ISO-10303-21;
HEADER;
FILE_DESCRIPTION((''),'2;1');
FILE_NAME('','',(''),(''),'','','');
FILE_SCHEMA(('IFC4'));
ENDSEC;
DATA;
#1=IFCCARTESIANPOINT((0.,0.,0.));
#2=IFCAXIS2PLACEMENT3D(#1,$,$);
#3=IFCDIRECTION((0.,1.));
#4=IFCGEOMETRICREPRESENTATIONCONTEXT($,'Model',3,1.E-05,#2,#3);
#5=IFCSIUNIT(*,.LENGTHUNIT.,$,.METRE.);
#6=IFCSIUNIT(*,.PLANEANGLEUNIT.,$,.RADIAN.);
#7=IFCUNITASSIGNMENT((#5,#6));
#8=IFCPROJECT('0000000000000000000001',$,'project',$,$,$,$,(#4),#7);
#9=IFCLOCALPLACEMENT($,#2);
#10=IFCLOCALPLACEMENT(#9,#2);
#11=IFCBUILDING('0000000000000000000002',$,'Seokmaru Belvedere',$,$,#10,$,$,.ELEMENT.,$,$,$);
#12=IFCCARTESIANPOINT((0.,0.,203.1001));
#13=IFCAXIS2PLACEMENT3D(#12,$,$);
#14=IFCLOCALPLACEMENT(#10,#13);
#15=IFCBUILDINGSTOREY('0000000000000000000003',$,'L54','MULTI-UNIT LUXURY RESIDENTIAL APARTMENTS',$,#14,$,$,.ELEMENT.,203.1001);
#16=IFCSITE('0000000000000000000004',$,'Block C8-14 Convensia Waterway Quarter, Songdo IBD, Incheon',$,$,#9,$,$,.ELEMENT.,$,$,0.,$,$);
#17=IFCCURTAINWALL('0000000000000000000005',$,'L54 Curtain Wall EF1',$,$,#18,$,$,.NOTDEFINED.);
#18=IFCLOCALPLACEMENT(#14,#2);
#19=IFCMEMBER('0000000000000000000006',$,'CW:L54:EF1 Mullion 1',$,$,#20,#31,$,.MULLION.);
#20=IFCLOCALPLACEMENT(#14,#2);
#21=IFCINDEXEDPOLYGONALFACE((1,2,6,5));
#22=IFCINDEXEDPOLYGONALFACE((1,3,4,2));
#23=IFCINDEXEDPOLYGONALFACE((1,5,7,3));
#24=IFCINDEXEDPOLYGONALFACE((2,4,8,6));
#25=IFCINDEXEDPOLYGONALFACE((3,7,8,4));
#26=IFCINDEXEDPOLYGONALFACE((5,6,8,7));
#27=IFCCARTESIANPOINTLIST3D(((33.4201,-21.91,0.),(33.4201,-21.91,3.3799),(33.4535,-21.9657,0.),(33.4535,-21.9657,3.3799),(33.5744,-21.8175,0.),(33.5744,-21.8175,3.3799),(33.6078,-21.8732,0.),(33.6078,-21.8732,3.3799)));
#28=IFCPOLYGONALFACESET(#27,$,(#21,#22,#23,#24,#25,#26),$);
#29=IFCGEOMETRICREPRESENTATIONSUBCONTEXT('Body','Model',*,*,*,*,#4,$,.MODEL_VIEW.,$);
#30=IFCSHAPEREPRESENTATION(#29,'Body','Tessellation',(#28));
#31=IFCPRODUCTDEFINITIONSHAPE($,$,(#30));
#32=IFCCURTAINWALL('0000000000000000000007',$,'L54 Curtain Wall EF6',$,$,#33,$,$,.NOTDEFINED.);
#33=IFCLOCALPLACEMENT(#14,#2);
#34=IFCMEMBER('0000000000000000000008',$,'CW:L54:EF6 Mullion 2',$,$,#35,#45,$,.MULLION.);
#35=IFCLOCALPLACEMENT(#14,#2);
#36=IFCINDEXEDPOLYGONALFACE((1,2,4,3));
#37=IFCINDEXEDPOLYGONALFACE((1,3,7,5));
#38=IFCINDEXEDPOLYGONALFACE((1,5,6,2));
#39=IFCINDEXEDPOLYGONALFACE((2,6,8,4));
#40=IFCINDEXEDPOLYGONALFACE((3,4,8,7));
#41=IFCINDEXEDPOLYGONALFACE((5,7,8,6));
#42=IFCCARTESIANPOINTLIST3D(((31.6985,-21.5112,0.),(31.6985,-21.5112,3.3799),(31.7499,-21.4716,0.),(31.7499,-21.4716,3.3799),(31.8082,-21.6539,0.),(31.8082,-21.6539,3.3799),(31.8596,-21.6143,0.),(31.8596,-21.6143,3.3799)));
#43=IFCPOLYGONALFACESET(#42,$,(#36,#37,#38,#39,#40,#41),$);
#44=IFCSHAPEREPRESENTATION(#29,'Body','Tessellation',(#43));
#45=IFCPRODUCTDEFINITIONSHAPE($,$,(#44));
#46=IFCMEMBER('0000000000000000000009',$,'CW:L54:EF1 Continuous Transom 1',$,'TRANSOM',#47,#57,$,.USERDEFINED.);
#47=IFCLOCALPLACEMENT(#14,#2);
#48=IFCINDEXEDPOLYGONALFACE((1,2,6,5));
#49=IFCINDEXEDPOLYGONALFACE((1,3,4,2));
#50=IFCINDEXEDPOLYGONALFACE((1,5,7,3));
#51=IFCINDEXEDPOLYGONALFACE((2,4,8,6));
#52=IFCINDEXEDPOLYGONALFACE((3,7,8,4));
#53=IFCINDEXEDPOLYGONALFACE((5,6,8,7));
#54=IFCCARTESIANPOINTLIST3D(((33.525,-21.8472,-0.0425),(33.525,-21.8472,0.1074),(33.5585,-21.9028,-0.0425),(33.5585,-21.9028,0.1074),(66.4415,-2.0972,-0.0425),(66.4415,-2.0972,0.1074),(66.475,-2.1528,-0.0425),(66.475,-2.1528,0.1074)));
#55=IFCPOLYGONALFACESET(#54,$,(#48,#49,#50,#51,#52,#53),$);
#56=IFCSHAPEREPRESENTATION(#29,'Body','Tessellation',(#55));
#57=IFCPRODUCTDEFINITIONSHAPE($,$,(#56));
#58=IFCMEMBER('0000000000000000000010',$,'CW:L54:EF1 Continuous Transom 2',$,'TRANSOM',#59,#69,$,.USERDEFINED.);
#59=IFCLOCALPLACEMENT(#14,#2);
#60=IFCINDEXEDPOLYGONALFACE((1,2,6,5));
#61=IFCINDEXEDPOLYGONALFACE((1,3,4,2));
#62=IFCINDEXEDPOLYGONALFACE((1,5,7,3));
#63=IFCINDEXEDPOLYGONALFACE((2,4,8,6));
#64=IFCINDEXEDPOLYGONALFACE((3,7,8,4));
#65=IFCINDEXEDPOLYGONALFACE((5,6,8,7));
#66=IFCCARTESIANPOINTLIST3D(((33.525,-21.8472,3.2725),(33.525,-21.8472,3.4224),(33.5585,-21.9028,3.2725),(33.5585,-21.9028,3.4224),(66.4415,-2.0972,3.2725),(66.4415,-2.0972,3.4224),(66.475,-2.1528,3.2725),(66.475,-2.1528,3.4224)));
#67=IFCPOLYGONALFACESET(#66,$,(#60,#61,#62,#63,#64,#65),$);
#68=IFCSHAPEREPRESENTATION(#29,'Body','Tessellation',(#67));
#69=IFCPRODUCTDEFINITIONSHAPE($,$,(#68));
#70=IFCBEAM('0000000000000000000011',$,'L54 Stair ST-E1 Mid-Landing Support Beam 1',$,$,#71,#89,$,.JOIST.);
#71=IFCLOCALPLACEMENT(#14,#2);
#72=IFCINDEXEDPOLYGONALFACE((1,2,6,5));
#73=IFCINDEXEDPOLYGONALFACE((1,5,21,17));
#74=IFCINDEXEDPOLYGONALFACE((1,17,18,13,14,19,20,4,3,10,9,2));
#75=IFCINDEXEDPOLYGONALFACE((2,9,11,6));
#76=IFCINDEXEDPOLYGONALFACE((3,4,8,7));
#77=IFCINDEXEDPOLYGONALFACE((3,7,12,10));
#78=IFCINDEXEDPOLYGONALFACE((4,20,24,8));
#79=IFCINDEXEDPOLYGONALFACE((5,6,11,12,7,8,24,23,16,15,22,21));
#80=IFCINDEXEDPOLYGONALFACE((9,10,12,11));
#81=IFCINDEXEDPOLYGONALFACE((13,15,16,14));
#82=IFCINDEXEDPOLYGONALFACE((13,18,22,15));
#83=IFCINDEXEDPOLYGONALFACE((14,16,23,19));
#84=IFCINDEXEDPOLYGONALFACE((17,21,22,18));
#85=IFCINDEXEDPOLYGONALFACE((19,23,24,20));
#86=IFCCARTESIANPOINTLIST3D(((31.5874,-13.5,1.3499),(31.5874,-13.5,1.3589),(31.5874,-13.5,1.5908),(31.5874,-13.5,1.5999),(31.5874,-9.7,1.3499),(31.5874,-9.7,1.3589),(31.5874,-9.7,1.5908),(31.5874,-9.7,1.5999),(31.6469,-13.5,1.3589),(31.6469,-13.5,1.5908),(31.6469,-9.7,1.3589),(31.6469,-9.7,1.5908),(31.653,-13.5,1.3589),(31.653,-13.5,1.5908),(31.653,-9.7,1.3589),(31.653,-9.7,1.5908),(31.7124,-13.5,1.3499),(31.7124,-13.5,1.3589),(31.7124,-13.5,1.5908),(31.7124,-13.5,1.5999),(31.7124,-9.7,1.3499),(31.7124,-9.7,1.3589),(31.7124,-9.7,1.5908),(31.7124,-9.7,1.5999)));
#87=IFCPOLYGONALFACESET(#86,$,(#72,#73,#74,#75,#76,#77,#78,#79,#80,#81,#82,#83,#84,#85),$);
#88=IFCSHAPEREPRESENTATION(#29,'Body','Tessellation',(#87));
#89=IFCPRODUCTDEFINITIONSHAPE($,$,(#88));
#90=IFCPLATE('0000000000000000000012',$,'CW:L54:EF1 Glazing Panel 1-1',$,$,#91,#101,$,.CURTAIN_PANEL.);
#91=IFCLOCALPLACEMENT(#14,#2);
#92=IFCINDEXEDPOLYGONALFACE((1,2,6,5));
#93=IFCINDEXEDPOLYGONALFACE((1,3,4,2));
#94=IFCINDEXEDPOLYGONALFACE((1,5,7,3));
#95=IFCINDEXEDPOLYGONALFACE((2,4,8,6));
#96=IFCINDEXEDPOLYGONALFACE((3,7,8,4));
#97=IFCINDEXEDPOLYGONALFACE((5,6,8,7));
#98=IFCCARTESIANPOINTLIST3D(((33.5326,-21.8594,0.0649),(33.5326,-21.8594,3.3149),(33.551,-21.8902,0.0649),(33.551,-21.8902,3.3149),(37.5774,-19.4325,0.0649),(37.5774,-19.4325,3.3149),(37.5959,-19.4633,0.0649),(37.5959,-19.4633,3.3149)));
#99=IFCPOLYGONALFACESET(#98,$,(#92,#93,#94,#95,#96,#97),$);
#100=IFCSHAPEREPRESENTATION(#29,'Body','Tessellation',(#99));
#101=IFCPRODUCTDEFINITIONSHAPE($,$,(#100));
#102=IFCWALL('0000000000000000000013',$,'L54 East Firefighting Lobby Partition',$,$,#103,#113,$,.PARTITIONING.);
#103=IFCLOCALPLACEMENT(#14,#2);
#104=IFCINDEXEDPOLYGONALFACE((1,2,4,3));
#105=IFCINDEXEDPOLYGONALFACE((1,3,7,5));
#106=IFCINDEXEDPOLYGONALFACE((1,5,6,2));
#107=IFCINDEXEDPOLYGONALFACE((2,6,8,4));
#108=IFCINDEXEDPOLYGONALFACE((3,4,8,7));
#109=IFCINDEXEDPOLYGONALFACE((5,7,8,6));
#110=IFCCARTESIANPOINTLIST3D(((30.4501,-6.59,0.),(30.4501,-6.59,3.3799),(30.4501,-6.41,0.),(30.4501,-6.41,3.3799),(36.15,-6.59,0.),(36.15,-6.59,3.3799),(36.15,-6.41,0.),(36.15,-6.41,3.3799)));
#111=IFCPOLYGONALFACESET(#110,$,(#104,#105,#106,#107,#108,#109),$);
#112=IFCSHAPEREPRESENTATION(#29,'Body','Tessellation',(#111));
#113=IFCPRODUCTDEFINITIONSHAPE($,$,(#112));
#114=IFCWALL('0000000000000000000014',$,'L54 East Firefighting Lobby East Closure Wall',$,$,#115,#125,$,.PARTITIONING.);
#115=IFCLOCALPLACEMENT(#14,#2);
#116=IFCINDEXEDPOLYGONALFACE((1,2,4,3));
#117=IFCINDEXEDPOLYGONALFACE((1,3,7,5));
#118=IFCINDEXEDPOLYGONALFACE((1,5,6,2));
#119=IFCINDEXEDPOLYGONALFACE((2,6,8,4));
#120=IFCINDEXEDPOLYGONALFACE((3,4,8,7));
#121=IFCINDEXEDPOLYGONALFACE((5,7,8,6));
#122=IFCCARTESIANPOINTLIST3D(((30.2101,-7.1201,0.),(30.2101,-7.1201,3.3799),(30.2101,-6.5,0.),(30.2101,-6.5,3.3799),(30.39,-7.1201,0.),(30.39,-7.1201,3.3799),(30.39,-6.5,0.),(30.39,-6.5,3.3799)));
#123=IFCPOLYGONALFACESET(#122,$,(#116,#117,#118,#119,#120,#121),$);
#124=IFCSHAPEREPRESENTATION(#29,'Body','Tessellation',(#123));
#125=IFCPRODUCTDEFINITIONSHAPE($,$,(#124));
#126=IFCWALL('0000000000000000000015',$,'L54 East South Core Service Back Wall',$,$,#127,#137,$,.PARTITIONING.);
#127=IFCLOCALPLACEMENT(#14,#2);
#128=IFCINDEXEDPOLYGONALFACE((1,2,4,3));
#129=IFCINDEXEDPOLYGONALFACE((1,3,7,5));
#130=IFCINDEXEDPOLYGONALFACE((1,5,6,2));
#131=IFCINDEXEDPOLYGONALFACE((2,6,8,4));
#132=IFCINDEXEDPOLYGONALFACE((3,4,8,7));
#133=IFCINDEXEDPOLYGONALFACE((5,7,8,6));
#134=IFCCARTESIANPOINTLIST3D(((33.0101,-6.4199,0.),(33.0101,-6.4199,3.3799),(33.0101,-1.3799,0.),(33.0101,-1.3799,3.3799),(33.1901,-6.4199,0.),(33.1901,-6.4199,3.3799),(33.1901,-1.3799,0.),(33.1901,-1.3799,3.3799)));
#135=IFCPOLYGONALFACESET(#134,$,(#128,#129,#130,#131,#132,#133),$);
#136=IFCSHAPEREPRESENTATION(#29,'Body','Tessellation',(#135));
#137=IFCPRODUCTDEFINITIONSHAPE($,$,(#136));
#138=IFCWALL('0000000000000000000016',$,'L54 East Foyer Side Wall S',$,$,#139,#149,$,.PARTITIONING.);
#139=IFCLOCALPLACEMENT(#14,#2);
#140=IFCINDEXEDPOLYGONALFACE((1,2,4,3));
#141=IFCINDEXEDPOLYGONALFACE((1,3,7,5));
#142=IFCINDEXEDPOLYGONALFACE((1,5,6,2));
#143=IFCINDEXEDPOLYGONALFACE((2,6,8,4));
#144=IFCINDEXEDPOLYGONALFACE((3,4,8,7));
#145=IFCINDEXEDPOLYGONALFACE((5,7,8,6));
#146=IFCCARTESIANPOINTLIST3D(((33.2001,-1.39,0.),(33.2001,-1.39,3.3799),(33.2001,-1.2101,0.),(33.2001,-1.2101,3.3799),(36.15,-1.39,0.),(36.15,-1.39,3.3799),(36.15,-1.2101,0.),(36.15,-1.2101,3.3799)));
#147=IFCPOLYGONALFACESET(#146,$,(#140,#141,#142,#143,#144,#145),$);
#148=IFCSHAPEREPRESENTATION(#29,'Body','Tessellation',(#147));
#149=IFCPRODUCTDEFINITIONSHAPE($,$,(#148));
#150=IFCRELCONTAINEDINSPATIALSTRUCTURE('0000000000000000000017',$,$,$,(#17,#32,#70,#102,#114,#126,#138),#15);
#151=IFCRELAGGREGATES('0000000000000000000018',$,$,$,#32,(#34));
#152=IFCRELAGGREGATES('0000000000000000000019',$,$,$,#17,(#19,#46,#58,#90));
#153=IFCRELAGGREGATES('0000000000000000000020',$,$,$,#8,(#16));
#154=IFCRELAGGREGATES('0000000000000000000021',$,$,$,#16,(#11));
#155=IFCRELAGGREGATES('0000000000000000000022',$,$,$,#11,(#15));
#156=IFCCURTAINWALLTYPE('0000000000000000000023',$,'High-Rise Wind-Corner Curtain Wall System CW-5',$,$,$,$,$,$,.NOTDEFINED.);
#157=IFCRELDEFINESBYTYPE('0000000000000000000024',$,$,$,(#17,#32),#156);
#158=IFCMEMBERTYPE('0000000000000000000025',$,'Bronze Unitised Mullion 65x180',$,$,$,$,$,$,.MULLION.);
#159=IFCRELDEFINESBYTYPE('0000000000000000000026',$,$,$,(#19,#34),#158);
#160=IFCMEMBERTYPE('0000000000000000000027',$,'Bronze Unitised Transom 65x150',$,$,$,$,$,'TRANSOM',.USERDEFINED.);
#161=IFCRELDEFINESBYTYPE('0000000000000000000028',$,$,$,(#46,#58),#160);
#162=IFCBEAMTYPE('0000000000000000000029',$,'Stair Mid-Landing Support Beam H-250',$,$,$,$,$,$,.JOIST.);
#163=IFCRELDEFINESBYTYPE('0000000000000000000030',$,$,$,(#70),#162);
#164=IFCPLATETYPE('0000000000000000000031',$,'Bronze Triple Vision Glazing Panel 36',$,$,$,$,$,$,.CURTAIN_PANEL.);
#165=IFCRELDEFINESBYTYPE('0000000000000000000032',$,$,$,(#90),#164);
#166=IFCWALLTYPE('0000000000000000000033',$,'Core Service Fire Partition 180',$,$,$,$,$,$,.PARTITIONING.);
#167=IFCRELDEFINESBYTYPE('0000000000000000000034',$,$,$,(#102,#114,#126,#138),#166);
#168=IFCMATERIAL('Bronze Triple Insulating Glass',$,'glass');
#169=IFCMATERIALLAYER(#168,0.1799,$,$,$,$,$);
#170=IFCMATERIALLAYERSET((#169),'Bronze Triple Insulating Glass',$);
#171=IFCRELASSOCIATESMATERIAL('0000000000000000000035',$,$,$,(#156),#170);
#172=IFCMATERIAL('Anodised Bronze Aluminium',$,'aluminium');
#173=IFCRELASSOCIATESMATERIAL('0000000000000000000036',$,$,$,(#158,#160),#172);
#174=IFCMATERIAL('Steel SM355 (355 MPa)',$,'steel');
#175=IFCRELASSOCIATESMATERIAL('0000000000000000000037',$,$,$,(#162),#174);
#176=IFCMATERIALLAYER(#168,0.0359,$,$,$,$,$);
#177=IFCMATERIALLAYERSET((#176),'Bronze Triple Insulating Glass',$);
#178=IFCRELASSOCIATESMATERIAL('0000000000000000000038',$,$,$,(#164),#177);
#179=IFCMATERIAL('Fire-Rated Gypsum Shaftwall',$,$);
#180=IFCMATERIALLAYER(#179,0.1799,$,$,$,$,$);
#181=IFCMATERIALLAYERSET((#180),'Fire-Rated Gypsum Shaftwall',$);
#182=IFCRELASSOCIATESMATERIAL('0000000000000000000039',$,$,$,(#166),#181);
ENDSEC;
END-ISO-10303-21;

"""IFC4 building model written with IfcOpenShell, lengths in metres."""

from ifc_helpers import new_model, si_unit, direction, frame, frame_2d, origin, origin_2d, place, context, subcontext, project, spatial, rectangle, i_section, extrude, source, transform, mapped, material, layer, layer_set, material_profile, profile_set, type_object, type_shapes, element, aggregate, save


model = new_model("IFC4")

# Units and contexts
model_context = context("Model", 3, precision=1e-05, world=origin(), true_north=direction((0.0, 1.0)))
body_context = subcontext(model_context, "Body", "Model", "MODEL_VIEW")
ifc_project = project(units=[si_unit("LENGTHUNIT", "METRE"), si_unit("PLANEANGLEUNIT", "RADIAN")], contexts=[model_context])

# Site, building, storey
site_placement = place(None, origin())
site = spatial("IfcSite", under=ifc_project, at=site_placement, Name="Block C8-14 Convensia Waterway Quarter, Songdo IBD, Incheon", CompositionType="ELEMENT", RefElevation=0.0)
building_placement = place(site_placement, origin())
building = spatial("IfcBuilding", under=site, at=building_placement, Name="Seokmaru Belvedere", CompositionType="ELEMENT")
storey_placement = place(building_placement, frame((0.0, 0.0, 203.1001)))
storey = spatial("IfcBuildingStorey", under=building, at=storey_placement, Name="L54", Description="MULTI-UNIT LUXURY RESIDENTIAL APARTMENTS", CompositionType="ELEMENT", Elevation=203.1001)

# Shared definitions
ifc_material_1 = material(Name="Steel SM355 (355 MPa)", Category="steel")

# Curtain walls, members
ifc_material_2 = material(Name="Bronze Triple Insulating Glass", Category="glass")
ifc_layer_1 = layer(ifc_material_2, 0.1799)
ifc_layer_set_1 = layer_set([ifc_layer_1], Name="Bronze Triple Insulating Glass")
curtain_wall_type = type_object("IfcCurtainWallType", Name="High-Rise Wind-Corner Curtain Wall System CW-5", PredefinedType="NOTDEFINED", material=ifc_layer_set_1)
curtain_wall_1_placement = place(storey_placement, origin())
curtain_wall_1 = element("IfcCurtainWall", 1, at=curtain_wall_1_placement, inside=storey, type_object=curtain_wall_type, Name="L54 Curtain Wall EF1", PredefinedType="NOTDEFINED")
ifc_material_3 = material(Name="Anodised Bronze Aluminium", Category="aluminium")
ifc_material_profile_1 = material_profile(ifc_material_3, rectangle(XDim=0.0649, YDim=0.1799, at=origin_2d()), Name="CW-M-65x180")
ifc_profile_set_1 = profile_set([ifc_material_profile_1], Name="Anodised Bronze Aluminium")
member_type_1 = type_object("IfcMemberType", Name="Bronze Unitised Mullion 65x180", PredefinedType="MULLION", material=ifc_profile_set_1)
shared_shape_1 = source(origin(), body_context, "Body", "SweptSolid", [
    extrude(rectangle(XDim=0.0649, YDim=0.1799, at=origin_2d()), origin(), (0.0, 0.0, 1.0), 3.3799),
])
type_shapes(member_type_1, [shared_shape_1])
member_1_placement = place(storey_placement, frame((33.5139, -21.8916, 0.0), z_axis=(0.0, 0.0, 1.0), x_axis=(-0.514495, 0.857493, 0.0)))
member_1 = element("IfcMember", 2, at=member_1_placement, type_object=member_type_1, Name="CW:L54:EF1 Mullion 1", PredefinedType="MULLION", context=body_context, shape_type="MappedRepresentation", body=[
    mapped(shared_shape_1, transform((0.0, 0.0, 0.0), scale=1.0)),
])
curtain_wall_2_placement = place(storey_placement, origin())
curtain_wall_2 = element("IfcCurtainWall", 3, at=curtain_wall_2_placement, inside=storey, type_object=curtain_wall_type, Name="L54 Curtain Wall EF6", PredefinedType="NOTDEFINED")
member_2_placement = place(storey_placement, frame((31.7791, -21.5627, 0.0), z_axis=(0.0, 0.0, 1.0), x_axis=(0.792631, 0.609701, 0.0)))
member_2 = element("IfcMember", 4, at=member_2_placement, type_object=member_type_1, Name="CW:L54:EF6 Mullion 2", PredefinedType="MULLION", context=body_context, shape_type="MappedRepresentation", body=[
    mapped(shared_shape_1, transform((0.0, 0.0, 0.0), scale=1.0)),
])
aggregate(curtain_wall_2, [member_2])

# Members
ifc_material_profile_2 = material_profile(ifc_material_3, rectangle(XDim=0.0649, YDim=0.1499, at=origin_2d()), Name="CW-T-65x150")
ifc_profile_set_2 = profile_set([ifc_material_profile_2], Name="Anodised Bronze Aluminium")
member_type_2 = type_object("IfcMemberType", Name="Bronze Unitised Transom 65x150", ElementType="TRANSOM", PredefinedType="USERDEFINED", material=ifc_profile_set_2)
shared_shape_2 = source(origin(), body_context, "Body", "SweptSolid", [
    extrude(rectangle(XDim=0.0649, YDim=0.1499, at=origin_2d()), origin(), (0.0, 0.0, 1.0), 38.387),
])
type_shapes(member_type_2, [shared_shape_2])
member_3_placement = place(storey_placement, frame((33.5417, -21.875, 0.0325), z_axis=(0.857492, 0.514498, 0.0), x_axis=(-0.514498, 0.857492, 0.0)))
member_3 = element("IfcMember", 5, at=member_3_placement, type_object=member_type_2, Name="CW:L54:EF1 Continuous Transom 1", ObjectType="TRANSOM", PredefinedType="USERDEFINED", context=body_context, shape_type="MappedRepresentation", body=[
    mapped(shared_shape_2, transform((0.0, 0.0, 0.0), scale=1.0)),
])
member_4_placement = place(storey_placement, frame((33.5417, -21.875, 3.3474), z_axis=(0.857492, 0.514498, 0.0), x_axis=(-0.514498, 0.857492, 0.0)))
member_4 = element("IfcMember", 6, at=member_4_placement, type_object=member_type_2, Name="CW:L54:EF1 Continuous Transom 2", ObjectType="TRANSOM", PredefinedType="USERDEFINED", context=body_context, shape_type="MappedRepresentation", body=[
    mapped(shared_shape_2, transform((0.0, 0.0, 0.0), scale=1.0)),
])

# Beam
ifc_material_profile_3 = material_profile(ifc_material_1, i_section(OverallWidth=0.125, OverallDepth=0.25, WebThickness=0.0061, FlangeThickness=0.009, at=origin_2d()), Name="H-250x125x6x9")
ifc_profile_set_3 = profile_set([ifc_material_profile_3], Name="Steel SM355 (355 MPa)")
beam_type_1 = type_object("IfcBeamType", Name="Stair Mid-Landing Support Beam H-250", PredefinedType="JOIST", material=ifc_profile_set_3)
shared_shape_3 = source(origin(), body_context, "Body", "SweptSolid", [
    extrude(i_section(OverallWidth=0.125, OverallDepth=0.25, WebThickness=0.0061, FlangeThickness=0.009, at=origin_2d()), origin(), (0.0, 0.0, 1.0), 3.8),
])
type_shapes(beam_type_1, [shared_shape_3])
beam_1_placement = place(storey_placement, frame((31.6499, -13.5, 1.4749), z_axis=(0.0, 1.0, 0.0), x_axis=(-1.0, 0.0, 0.0)))
element("IfcBeam", 7, at=beam_1_placement, inside=storey, type_object=beam_type_1, Name="L54 Stair ST-E1 Mid-Landing Support Beam 1", PredefinedType="JOIST", context=body_context, shape_type="MappedRepresentation", body=[
    mapped(shared_shape_3, transform((0.0, 0.0, 0.0), scale=1.0)),
])

# Plate
ifc_layer_2 = layer(ifc_material_2, 0.0359)
ifc_layer_set_2 = layer_set([ifc_layer_2], Name="Bronze Triple Insulating Glass")
plate_type = type_object("IfcPlateType", Name="Bronze Triple Vision Glazing Panel 36", PredefinedType="CURTAIN_PANEL", material=ifc_layer_set_2)
shared_shape_4 = source(origin(), body_context, "Body", "SweptSolid", [
    extrude(rectangle(XDim=4.717, YDim=0.0359, at=origin_2d()), origin(), (0.0, 0.0, 1.0), 3.25),
])
type_shapes(plate_type, [shared_shape_4])
plate_placement = place(storey_placement, frame((35.5642, -20.6614, 0.0649), z_axis=(0.0, 0.0, 1.0), x_axis=(0.857493, 0.514495, 0.0)))
plate = element("IfcPlate", 8, at=plate_placement, type_object=plate_type, Name="CW:L54:EF1 Glazing Panel 1-1", PredefinedType="CURTAIN_PANEL", context=body_context, shape_type="MappedRepresentation", body=[
    mapped(shared_shape_4, transform((0.0, 0.0, 0.0), scale=1.0)),
])
aggregate(curtain_wall_1, [member_1, member_3, member_4, plate])

# Walls
ifc_material_4 = material(Name="Fire-Rated Gypsum Shaftwall")
ifc_layer_3 = layer(ifc_material_4, 0.1799)
ifc_layer_set_3 = layer_set([ifc_layer_3], Name="Fire-Rated Gypsum Shaftwall")
wall_type_1 = type_object("IfcWallType", Name="Core Service Fire Partition 180", PredefinedType="PARTITIONING", material=ifc_layer_set_3)
wall_1_placement = place(storey_placement, frame((30.45, -6.5, 0.0), z_axis=(0.0, 0.0, 1.0), x_axis=(1.0, 0.0, 0.0)))
element("IfcWall", 9, at=wall_1_placement, inside=storey, type_object=wall_type_1, Name="L54 East Firefighting Lobby Partition", PredefinedType="PARTITIONING", context=body_context, shape_type="SweptSolid", body=[
    extrude(rectangle(XDim=5.7, YDim=0.1799, at=frame_2d((2.8501, 0.0))), origin(), (0.0, 0.0, 1.0), 3.3799),
])
wall_2_placement = place(storey_placement, frame((30.3, -7.1201, 0.0), z_axis=(0.0, 0.0, 1.0), x_axis=(0.0, 1.0, 0.0)))
element("IfcWall", 10, at=wall_2_placement, inside=storey, type_object=wall_type_1, Name="L54 East Firefighting Lobby East Closure Wall", PredefinedType="PARTITIONING", context=body_context, shape_type="SweptSolid", body=[
    extrude(rectangle(XDim=0.6201, YDim=0.1799, at=frame_2d((0.3101, 0.0))), origin(), (0.0, 0.0, 1.0), 3.3799),
])
wall_3_placement = place(storey_placement, frame((33.1001, -6.4199, 0.0), z_axis=(0.0, 0.0, 1.0), x_axis=(0.0, 1.0, 0.0)))
element("IfcWall", 11, at=wall_3_placement, inside=storey, type_object=wall_type_1, Name="L54 East South Core Service Back Wall", PredefinedType="PARTITIONING", context=body_context, shape_type="SweptSolid", body=[
    extrude(rectangle(XDim=5.04, YDim=0.1799, at=frame_2d((2.52, 0.0))), origin(), (0.0, 0.0, 1.0), 3.3799),
])
wall_4_placement = place(storey_placement, frame((33.2, -1.3, 0.0), z_axis=(0.0, 0.0, 1.0), x_axis=(1.0, 0.0, 0.0)))
element("IfcWall", 12, at=wall_4_placement, inside=storey, type_object=wall_type_1, Name="L54 East Foyer Side Wall S", PredefinedType="PARTITIONING", context=body_context, shape_type="SweptSolid", body=[
    extrude(rectangle(XDim=2.95, YDim=0.1799, at=frame_2d((1.4751, 0.0))), origin(), (0.0, 0.0, 1.0), 3.3799),
])

save(model, "model.ifc")
